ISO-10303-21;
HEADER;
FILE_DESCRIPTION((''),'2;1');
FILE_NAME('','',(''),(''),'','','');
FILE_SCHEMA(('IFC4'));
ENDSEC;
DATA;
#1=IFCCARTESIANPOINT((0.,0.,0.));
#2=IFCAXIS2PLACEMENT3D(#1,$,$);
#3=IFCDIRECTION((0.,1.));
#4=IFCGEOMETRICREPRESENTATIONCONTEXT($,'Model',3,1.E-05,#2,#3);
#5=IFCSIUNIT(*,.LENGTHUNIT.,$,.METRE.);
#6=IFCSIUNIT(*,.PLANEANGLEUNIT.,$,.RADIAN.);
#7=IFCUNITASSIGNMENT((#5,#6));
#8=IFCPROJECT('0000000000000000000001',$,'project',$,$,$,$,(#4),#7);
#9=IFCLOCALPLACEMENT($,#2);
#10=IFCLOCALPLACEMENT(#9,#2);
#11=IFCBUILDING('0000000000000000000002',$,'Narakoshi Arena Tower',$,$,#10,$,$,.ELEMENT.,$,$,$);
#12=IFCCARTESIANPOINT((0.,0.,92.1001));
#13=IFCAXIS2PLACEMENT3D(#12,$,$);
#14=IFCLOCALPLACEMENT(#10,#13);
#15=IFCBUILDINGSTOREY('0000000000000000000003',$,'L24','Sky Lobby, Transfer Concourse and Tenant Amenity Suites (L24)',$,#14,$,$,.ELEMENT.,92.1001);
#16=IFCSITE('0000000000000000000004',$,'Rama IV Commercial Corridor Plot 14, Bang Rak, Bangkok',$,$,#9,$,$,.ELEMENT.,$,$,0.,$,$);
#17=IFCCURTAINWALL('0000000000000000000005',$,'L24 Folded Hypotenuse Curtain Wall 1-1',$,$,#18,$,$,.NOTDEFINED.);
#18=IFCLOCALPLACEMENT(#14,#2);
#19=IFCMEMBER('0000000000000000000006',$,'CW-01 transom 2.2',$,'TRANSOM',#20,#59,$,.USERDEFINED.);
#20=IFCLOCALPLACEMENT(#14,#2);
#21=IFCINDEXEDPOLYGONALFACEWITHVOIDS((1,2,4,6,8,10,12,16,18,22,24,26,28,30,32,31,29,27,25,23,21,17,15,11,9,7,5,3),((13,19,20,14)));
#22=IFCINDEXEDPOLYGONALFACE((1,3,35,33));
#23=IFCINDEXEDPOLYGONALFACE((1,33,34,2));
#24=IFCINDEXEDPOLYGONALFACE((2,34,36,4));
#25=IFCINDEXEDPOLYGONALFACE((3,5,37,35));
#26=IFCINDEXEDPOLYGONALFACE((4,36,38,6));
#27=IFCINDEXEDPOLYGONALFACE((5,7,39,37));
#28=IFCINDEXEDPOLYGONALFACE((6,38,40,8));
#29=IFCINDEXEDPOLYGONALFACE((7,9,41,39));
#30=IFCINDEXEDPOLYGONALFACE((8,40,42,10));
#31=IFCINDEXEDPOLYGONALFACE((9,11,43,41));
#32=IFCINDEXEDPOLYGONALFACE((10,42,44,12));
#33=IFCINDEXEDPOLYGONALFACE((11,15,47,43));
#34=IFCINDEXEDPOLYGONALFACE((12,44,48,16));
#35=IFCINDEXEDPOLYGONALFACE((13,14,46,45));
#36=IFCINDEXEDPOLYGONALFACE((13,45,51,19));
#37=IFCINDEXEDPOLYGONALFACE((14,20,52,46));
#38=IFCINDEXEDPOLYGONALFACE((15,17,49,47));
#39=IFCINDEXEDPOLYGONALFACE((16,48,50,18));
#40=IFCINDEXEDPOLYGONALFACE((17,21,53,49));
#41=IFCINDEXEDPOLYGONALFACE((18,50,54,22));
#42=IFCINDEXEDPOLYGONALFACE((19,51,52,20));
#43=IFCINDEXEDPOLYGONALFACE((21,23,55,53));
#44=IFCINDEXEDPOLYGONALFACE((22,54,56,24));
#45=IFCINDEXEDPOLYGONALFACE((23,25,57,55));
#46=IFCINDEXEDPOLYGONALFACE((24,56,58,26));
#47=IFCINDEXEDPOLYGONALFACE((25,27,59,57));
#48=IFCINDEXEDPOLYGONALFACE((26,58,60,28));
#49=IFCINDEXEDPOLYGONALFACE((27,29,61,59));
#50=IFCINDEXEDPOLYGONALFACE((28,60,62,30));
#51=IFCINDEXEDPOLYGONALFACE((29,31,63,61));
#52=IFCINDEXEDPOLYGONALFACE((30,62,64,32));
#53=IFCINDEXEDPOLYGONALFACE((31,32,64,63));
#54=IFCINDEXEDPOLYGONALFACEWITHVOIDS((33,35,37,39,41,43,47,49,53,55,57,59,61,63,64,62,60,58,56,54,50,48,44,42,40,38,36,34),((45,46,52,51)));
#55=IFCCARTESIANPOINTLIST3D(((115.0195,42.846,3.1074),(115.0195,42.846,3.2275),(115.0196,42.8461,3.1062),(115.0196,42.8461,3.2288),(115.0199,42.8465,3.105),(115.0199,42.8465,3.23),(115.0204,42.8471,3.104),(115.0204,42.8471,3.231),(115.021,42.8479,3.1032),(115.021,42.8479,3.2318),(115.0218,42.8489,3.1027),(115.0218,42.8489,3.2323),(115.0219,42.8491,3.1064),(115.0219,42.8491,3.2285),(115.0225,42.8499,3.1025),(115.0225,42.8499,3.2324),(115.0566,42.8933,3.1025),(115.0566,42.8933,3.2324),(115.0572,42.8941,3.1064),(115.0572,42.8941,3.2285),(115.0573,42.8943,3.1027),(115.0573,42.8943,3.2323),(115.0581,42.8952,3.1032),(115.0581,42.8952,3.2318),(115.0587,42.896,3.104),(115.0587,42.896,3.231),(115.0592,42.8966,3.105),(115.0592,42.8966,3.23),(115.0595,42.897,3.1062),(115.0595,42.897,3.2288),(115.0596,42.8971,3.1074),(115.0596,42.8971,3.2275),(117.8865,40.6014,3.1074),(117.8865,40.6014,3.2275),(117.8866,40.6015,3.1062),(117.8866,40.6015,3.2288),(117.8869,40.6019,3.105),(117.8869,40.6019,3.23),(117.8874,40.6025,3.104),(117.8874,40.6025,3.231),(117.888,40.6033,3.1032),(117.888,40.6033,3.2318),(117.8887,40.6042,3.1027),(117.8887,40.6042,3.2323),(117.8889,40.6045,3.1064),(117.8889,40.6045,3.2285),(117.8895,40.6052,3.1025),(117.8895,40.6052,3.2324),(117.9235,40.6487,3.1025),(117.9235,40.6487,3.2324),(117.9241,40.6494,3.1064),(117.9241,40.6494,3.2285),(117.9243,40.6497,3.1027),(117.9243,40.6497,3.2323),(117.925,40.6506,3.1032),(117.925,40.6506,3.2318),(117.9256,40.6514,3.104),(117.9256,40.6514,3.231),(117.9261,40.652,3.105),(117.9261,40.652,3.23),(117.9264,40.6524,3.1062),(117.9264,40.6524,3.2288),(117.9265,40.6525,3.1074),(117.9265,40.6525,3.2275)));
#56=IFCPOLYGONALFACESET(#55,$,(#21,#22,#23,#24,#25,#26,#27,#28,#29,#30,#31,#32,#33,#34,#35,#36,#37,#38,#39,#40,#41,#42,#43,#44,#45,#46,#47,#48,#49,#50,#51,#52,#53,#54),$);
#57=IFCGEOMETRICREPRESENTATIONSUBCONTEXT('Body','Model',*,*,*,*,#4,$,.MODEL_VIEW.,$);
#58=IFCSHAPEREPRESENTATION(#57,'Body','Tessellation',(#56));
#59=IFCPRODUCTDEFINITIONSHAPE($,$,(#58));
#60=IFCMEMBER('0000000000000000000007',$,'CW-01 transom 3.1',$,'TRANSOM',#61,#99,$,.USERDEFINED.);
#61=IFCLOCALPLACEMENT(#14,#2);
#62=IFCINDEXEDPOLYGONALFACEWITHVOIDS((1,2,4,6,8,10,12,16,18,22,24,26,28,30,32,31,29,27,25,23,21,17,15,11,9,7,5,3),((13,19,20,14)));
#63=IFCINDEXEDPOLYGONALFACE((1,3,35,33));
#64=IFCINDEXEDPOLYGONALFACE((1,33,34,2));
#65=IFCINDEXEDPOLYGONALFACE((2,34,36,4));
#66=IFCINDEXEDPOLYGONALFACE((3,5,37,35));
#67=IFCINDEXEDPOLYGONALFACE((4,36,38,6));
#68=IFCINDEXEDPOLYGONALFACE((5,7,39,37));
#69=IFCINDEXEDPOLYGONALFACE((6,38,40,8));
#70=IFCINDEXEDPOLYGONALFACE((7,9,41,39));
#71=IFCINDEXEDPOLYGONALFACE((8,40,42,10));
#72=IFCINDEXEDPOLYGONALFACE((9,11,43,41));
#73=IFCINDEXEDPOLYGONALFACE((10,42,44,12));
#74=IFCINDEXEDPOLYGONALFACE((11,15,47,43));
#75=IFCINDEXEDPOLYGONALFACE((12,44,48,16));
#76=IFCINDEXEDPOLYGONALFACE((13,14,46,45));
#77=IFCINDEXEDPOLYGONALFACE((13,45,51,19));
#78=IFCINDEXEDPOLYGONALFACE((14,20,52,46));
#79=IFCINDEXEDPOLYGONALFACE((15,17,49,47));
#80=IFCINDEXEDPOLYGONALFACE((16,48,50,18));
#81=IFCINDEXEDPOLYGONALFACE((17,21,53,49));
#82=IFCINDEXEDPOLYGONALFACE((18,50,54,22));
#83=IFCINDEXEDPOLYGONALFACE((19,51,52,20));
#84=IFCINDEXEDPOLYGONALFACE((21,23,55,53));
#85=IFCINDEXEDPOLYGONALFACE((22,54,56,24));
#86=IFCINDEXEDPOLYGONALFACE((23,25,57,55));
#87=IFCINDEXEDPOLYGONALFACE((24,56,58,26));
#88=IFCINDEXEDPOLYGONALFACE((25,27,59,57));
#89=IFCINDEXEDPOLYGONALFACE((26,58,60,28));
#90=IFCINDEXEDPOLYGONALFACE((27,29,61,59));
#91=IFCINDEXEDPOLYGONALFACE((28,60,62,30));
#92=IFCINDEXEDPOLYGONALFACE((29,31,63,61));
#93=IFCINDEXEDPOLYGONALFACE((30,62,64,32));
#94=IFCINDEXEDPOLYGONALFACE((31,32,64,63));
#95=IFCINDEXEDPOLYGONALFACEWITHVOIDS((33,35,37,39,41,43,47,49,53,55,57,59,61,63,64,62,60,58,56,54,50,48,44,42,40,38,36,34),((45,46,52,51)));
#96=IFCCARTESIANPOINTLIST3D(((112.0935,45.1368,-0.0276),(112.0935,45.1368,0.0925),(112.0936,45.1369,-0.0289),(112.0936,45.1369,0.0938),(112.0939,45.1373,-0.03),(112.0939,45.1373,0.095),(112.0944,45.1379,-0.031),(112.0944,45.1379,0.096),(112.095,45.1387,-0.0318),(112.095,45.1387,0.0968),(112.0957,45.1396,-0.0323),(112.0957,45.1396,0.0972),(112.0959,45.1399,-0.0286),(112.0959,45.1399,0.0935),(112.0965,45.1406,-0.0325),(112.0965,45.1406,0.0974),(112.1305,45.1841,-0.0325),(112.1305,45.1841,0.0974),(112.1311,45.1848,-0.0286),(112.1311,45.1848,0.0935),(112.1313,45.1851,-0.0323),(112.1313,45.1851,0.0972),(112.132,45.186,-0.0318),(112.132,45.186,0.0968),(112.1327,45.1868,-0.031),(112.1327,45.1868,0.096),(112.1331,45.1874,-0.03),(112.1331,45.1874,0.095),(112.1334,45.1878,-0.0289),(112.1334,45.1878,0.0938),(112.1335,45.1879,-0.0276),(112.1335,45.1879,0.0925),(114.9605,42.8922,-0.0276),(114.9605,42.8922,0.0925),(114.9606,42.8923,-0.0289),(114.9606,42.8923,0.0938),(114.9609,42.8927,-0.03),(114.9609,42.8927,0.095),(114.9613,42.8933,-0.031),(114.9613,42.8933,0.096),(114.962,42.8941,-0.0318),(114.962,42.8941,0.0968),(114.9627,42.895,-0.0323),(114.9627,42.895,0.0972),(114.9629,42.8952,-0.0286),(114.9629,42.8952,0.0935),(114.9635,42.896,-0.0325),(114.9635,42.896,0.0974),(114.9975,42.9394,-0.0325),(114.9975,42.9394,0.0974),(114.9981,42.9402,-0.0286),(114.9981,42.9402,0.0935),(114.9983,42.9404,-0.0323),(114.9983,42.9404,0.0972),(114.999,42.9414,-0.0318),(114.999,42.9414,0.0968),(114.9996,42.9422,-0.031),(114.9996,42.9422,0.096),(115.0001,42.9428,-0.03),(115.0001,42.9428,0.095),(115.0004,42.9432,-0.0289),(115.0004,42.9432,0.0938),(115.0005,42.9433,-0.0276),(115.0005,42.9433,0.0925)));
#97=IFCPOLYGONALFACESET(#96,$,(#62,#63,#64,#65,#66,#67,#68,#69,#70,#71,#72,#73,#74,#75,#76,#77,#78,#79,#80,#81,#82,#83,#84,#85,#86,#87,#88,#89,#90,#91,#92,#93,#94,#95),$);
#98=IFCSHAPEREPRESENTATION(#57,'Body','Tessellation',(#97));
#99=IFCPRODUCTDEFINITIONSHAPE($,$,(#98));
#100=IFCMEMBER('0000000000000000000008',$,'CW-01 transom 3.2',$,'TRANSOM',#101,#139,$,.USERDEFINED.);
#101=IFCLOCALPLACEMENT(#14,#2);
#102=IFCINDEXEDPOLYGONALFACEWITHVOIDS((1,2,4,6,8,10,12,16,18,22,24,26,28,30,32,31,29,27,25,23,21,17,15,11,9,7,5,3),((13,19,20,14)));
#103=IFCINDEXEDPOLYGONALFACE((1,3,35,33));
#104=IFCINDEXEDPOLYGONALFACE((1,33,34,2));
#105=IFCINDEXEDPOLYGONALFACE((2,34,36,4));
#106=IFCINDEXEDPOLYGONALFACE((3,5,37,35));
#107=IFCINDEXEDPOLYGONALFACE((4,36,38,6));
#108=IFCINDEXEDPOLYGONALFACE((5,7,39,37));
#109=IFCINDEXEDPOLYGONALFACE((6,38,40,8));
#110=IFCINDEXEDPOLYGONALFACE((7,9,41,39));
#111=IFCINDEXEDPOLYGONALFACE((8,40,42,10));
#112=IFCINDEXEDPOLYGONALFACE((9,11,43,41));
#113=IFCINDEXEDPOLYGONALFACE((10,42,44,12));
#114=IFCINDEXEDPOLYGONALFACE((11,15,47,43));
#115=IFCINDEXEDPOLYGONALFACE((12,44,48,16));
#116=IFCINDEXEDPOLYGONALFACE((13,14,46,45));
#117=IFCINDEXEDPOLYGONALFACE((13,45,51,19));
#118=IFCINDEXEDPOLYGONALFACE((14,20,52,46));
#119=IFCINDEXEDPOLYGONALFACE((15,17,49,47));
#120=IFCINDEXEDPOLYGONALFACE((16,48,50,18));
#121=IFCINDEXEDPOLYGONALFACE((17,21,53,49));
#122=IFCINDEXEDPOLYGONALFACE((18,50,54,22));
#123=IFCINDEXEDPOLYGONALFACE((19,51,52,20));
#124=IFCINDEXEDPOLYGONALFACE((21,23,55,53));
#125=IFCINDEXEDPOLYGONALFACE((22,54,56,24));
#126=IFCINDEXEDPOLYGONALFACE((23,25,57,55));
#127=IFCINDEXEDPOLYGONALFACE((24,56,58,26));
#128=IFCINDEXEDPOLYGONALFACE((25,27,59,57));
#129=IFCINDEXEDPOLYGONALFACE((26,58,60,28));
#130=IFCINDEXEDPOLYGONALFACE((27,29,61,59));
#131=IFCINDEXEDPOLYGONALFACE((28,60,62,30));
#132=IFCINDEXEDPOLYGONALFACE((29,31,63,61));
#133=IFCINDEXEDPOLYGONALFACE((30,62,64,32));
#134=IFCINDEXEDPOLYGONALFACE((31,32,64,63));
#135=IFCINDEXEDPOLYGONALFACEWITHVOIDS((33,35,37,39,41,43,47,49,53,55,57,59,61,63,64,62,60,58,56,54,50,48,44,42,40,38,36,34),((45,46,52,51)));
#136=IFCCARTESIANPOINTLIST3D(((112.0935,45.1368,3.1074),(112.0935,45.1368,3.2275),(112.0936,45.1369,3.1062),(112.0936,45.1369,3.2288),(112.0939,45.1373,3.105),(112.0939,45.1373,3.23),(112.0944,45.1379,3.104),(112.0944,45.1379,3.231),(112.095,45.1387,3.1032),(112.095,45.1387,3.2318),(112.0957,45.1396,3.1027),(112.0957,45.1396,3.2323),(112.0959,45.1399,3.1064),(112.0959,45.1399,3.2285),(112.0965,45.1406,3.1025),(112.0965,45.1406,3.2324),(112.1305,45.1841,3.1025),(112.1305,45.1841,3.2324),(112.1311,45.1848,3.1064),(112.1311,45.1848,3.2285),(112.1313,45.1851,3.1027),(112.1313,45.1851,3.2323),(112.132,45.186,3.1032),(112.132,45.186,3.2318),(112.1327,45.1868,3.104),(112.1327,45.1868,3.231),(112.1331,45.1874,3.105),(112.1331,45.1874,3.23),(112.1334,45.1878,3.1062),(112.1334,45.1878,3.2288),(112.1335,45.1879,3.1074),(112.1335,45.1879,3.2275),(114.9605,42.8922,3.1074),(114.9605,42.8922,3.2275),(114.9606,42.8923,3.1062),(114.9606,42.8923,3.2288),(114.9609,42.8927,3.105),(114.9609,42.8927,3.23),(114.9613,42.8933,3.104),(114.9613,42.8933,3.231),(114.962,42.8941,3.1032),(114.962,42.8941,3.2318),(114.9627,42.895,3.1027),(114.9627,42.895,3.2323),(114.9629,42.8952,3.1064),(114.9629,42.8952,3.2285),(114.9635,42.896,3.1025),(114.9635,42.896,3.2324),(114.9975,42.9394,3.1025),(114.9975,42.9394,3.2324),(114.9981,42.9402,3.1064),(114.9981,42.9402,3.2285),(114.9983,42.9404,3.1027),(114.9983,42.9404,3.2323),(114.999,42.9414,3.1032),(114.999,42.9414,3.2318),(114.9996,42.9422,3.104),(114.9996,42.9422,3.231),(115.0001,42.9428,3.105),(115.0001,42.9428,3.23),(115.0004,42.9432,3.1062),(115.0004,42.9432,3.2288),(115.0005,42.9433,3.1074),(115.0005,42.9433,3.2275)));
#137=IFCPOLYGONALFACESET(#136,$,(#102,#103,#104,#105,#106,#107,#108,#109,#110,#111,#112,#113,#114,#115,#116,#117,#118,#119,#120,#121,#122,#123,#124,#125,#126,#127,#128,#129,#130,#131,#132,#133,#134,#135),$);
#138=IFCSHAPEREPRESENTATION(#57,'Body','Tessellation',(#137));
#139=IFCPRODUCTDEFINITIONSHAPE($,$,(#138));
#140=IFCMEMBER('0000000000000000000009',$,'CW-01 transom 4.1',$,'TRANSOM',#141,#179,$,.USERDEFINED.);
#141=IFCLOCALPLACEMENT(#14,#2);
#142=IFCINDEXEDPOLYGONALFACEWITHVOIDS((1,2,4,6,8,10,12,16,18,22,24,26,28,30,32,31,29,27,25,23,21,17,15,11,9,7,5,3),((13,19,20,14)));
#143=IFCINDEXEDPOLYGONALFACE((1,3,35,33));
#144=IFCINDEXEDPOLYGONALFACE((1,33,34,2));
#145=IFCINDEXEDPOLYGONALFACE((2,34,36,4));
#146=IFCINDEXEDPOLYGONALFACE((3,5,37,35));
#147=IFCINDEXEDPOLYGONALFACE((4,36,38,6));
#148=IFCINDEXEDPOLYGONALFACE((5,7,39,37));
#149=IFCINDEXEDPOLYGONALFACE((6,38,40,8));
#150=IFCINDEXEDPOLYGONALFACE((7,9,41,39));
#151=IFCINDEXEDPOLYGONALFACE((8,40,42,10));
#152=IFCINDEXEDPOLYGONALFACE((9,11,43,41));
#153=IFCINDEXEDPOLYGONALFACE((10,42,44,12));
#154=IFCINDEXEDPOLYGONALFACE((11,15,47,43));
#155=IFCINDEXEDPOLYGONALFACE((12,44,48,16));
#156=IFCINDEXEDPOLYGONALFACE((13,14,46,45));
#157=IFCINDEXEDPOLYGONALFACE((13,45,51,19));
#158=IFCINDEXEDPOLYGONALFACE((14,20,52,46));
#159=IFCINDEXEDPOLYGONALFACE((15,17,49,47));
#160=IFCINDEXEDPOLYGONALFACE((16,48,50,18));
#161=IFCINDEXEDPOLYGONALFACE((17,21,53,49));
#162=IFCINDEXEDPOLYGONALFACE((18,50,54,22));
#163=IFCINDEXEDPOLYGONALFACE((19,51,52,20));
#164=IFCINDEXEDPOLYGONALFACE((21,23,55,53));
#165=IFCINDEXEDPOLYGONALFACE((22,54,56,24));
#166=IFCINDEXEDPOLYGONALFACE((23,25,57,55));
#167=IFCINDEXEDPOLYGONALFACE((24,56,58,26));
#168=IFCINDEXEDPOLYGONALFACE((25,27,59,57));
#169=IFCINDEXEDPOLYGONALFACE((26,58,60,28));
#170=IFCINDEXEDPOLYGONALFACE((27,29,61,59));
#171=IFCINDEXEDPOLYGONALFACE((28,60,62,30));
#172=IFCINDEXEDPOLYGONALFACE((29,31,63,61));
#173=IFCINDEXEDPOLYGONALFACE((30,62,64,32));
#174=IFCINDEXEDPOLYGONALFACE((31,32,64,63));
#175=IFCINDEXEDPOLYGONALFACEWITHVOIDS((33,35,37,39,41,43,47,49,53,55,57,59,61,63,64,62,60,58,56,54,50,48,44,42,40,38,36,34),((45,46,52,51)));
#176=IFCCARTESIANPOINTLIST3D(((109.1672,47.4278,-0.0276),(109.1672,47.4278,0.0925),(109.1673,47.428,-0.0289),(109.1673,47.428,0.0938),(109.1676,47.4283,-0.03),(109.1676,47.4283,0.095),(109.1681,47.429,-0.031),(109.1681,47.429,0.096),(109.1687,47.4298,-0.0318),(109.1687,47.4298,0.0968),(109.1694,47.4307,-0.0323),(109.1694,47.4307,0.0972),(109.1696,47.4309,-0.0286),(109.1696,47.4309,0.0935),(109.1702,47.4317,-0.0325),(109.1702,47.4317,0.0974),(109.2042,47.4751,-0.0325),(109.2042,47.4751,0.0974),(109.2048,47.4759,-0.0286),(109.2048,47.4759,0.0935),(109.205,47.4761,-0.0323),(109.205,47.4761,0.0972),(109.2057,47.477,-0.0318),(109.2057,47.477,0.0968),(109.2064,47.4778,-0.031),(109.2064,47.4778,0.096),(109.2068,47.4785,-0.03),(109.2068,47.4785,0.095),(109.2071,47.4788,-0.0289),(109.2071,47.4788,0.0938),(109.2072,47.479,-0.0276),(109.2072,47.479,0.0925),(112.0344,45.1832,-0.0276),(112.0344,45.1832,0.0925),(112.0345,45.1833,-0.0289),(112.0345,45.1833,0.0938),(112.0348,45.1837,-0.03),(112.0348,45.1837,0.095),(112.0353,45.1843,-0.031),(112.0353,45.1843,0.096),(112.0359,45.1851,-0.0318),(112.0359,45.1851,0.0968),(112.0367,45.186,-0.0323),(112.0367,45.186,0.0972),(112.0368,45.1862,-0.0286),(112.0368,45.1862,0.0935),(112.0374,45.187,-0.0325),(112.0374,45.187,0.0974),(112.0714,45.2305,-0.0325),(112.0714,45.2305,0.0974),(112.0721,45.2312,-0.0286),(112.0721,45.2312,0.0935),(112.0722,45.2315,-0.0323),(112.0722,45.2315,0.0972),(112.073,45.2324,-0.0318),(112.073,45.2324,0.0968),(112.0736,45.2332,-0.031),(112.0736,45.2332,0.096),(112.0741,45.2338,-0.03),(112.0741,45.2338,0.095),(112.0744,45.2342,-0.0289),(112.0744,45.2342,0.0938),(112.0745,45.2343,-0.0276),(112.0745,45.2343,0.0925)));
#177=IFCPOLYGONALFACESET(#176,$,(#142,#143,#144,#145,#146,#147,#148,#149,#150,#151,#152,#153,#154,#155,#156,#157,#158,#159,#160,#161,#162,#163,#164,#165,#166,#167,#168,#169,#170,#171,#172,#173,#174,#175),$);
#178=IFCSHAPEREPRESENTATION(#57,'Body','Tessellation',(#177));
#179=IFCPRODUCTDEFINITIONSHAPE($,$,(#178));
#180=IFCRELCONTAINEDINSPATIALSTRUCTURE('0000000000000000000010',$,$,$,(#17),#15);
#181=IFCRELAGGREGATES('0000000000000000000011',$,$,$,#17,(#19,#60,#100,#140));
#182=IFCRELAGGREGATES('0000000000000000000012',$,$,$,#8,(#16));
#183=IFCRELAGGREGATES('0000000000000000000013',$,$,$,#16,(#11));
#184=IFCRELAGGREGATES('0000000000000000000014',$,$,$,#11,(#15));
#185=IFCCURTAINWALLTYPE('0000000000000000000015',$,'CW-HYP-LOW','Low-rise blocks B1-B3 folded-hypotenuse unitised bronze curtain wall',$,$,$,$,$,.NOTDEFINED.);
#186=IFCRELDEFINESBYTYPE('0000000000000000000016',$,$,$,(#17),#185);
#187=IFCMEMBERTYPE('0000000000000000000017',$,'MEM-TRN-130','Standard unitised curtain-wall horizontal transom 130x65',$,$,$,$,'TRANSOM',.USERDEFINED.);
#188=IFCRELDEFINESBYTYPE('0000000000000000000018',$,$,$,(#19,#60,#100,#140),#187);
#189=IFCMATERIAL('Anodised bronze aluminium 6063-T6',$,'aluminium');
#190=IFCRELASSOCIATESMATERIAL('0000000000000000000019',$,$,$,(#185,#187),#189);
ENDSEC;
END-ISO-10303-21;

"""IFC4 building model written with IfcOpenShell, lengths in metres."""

from ifc_helpers import new_model, si_unit, direction, frame, origin, origin_2d, place, context, subcontext, project, spatial, hollow_rectangle, extrude, material, material_profile, profile_set, type_object, element, aggregate, save


model = new_model("IFC4")

# Units and contexts
model_context = context("Model", 3, precision=1e-05, world=origin(), true_north=direction((0.0, 1.0)))
body_context = subcontext(model_context, "Body", "Model", "MODEL_VIEW")
ifc_project = project(units=[si_unit("LENGTHUNIT", "METRE"), si_unit("PLANEANGLEUNIT", "RADIAN")], contexts=[model_context])

# Site, building, storey
site_placement = place(None, origin())
site = spatial("IfcSite", under=ifc_project, at=site_placement, Name="Rama IV Commercial Corridor Plot 14, Bang Rak, Bangkok", CompositionType="ELEMENT", RefElevation=0.0)
building_placement = place(site_placement, origin())
building = spatial("IfcBuilding", under=site, at=building_placement, Name="Narakoshi Arena Tower", CompositionType="ELEMENT")
storey_placement = place(building_placement, frame((0.0, 0.0, 92.1001)))
storey = spatial("IfcBuildingStorey", under=building, at=storey_placement, Name="L24", Description="Sky Lobby, Transfer Concourse and Tenant Amenity Suites (L24)", CompositionType="ELEMENT", Elevation=92.1001)

# Curtain wall, members
ifc_material_1 = material(Name="Anodised bronze aluminium 6063-T6", Category="aluminium")
curtain_wall_type = type_object("IfcCurtainWallType", Name="CW-HYP-LOW", Description="Low-rise blocks B1-B3 folded-hypotenuse unitised bronze curtain wall", PredefinedType="NOTDEFINED", material=ifc_material_1)
curtain_wall_placement = place(storey_placement, origin())
curtain_wall = element("IfcCurtainWall", 1, at=curtain_wall_placement, inside=storey, type_object=curtain_wall_type, Name="L24 Folded Hypotenuse Curtain Wall 1-1", PredefinedType="NOTDEFINED")
ifc_material_profile_1 = material_profile(ifc_material_1, hollow_rectangle(XDim=0.0649, YDim=0.1299, WallThickness=0.0039, OuterFilletRadius=0.0049, at=origin_2d()), Name="TRN130x65x4")
ifc_profile_set_1 = profile_set([ifc_material_profile_1], Name="Anodised bronze aluminium 6063-T6")
member_type_1 = type_object("IfcMemberType", Name="MEM-TRN-130", Description="Standard unitised curtain-wall horizontal transom 130x65", ElementType="TRANSOM", PredefinedType="USERDEFINED", material=ifc_profile_set_1)
member_1_placement = place(storey_placement, frame((117.9065, 40.627, 3.1675), z_axis=(-0.78738, 0.616467, 0.0), x_axis=(-0.616467, -0.78738, 0.0)))
member_1 = element("IfcMember", 2, at=member_1_placement, type_object=member_type_1, Name="CW-01 transom 2.2", ObjectType="TRANSOM", PredefinedType="USERDEFINED", context=body_context, shape_type="SweptSolid", body=[
    extrude(hollow_rectangle(XDim=0.0649, YDim=0.1299, WallThickness=0.0039, OuterFilletRadius=0.0049, at=origin_2d()), origin(), (0.0, 0.0, 1.0), 3.6411),
])
member_2_placement = place(storey_placement, frame((114.9805, 42.9177, 0.0325), z_axis=(-0.78738, 0.616467, 0.0), x_axis=(-0.616467, -0.78738, 0.0)))
member_2 = element("IfcMember", 3, at=member_2_placement, type_object=member_type_1, Name="CW-01 transom 3.1", ObjectType="TRANSOM", PredefinedType="USERDEFINED", context=body_context, shape_type="SweptSolid", body=[
    extrude(hollow_rectangle(XDim=0.0649, YDim=0.1299, WallThickness=0.0039, OuterFilletRadius=0.0049, at=origin_2d()), origin(), (0.0, 0.0, 1.0), 3.6411),
])
member_3_placement = place(storey_placement, frame((114.9805, 42.9177, 3.1675), z_axis=(-0.78738, 0.616467, 0.0), x_axis=(-0.616467, -0.78738, 0.0)))
member_3 = element("IfcMember", 4, at=member_3_placement, type_object=member_type_1, Name="CW-01 transom 3.2", ObjectType="TRANSOM", PredefinedType="USERDEFINED", context=body_context, shape_type="SweptSolid", body=[
    extrude(hollow_rectangle(XDim=0.0649, YDim=0.1299, WallThickness=0.0039, OuterFilletRadius=0.0049, at=origin_2d()), origin(), (0.0, 0.0, 1.0), 3.6411),
])
member_4_placement = place(storey_placement, frame((112.0544, 45.2087, 0.0325), z_axis=(-0.787406, 0.616435, 0.0), x_axis=(-0.616435, -0.787406, 0.0)))
member_4 = element("IfcMember", 5, at=member_4_placement, type_object=member_type_1, Name="CW-01 transom 4.1", ObjectType="TRANSOM", PredefinedType="USERDEFINED", context=body_context, shape_type="SweptSolid", body=[
    extrude(hollow_rectangle(XDim=0.0649, YDim=0.1299, WallThickness=0.0039, OuterFilletRadius=0.0049, at=origin_2d()), origin(), (0.0, 0.0, 1.0), 3.6414),
])
aggregate(curtain_wall, [member_1, member_2, member_3, member_4])

save(model, "model.ifc")
